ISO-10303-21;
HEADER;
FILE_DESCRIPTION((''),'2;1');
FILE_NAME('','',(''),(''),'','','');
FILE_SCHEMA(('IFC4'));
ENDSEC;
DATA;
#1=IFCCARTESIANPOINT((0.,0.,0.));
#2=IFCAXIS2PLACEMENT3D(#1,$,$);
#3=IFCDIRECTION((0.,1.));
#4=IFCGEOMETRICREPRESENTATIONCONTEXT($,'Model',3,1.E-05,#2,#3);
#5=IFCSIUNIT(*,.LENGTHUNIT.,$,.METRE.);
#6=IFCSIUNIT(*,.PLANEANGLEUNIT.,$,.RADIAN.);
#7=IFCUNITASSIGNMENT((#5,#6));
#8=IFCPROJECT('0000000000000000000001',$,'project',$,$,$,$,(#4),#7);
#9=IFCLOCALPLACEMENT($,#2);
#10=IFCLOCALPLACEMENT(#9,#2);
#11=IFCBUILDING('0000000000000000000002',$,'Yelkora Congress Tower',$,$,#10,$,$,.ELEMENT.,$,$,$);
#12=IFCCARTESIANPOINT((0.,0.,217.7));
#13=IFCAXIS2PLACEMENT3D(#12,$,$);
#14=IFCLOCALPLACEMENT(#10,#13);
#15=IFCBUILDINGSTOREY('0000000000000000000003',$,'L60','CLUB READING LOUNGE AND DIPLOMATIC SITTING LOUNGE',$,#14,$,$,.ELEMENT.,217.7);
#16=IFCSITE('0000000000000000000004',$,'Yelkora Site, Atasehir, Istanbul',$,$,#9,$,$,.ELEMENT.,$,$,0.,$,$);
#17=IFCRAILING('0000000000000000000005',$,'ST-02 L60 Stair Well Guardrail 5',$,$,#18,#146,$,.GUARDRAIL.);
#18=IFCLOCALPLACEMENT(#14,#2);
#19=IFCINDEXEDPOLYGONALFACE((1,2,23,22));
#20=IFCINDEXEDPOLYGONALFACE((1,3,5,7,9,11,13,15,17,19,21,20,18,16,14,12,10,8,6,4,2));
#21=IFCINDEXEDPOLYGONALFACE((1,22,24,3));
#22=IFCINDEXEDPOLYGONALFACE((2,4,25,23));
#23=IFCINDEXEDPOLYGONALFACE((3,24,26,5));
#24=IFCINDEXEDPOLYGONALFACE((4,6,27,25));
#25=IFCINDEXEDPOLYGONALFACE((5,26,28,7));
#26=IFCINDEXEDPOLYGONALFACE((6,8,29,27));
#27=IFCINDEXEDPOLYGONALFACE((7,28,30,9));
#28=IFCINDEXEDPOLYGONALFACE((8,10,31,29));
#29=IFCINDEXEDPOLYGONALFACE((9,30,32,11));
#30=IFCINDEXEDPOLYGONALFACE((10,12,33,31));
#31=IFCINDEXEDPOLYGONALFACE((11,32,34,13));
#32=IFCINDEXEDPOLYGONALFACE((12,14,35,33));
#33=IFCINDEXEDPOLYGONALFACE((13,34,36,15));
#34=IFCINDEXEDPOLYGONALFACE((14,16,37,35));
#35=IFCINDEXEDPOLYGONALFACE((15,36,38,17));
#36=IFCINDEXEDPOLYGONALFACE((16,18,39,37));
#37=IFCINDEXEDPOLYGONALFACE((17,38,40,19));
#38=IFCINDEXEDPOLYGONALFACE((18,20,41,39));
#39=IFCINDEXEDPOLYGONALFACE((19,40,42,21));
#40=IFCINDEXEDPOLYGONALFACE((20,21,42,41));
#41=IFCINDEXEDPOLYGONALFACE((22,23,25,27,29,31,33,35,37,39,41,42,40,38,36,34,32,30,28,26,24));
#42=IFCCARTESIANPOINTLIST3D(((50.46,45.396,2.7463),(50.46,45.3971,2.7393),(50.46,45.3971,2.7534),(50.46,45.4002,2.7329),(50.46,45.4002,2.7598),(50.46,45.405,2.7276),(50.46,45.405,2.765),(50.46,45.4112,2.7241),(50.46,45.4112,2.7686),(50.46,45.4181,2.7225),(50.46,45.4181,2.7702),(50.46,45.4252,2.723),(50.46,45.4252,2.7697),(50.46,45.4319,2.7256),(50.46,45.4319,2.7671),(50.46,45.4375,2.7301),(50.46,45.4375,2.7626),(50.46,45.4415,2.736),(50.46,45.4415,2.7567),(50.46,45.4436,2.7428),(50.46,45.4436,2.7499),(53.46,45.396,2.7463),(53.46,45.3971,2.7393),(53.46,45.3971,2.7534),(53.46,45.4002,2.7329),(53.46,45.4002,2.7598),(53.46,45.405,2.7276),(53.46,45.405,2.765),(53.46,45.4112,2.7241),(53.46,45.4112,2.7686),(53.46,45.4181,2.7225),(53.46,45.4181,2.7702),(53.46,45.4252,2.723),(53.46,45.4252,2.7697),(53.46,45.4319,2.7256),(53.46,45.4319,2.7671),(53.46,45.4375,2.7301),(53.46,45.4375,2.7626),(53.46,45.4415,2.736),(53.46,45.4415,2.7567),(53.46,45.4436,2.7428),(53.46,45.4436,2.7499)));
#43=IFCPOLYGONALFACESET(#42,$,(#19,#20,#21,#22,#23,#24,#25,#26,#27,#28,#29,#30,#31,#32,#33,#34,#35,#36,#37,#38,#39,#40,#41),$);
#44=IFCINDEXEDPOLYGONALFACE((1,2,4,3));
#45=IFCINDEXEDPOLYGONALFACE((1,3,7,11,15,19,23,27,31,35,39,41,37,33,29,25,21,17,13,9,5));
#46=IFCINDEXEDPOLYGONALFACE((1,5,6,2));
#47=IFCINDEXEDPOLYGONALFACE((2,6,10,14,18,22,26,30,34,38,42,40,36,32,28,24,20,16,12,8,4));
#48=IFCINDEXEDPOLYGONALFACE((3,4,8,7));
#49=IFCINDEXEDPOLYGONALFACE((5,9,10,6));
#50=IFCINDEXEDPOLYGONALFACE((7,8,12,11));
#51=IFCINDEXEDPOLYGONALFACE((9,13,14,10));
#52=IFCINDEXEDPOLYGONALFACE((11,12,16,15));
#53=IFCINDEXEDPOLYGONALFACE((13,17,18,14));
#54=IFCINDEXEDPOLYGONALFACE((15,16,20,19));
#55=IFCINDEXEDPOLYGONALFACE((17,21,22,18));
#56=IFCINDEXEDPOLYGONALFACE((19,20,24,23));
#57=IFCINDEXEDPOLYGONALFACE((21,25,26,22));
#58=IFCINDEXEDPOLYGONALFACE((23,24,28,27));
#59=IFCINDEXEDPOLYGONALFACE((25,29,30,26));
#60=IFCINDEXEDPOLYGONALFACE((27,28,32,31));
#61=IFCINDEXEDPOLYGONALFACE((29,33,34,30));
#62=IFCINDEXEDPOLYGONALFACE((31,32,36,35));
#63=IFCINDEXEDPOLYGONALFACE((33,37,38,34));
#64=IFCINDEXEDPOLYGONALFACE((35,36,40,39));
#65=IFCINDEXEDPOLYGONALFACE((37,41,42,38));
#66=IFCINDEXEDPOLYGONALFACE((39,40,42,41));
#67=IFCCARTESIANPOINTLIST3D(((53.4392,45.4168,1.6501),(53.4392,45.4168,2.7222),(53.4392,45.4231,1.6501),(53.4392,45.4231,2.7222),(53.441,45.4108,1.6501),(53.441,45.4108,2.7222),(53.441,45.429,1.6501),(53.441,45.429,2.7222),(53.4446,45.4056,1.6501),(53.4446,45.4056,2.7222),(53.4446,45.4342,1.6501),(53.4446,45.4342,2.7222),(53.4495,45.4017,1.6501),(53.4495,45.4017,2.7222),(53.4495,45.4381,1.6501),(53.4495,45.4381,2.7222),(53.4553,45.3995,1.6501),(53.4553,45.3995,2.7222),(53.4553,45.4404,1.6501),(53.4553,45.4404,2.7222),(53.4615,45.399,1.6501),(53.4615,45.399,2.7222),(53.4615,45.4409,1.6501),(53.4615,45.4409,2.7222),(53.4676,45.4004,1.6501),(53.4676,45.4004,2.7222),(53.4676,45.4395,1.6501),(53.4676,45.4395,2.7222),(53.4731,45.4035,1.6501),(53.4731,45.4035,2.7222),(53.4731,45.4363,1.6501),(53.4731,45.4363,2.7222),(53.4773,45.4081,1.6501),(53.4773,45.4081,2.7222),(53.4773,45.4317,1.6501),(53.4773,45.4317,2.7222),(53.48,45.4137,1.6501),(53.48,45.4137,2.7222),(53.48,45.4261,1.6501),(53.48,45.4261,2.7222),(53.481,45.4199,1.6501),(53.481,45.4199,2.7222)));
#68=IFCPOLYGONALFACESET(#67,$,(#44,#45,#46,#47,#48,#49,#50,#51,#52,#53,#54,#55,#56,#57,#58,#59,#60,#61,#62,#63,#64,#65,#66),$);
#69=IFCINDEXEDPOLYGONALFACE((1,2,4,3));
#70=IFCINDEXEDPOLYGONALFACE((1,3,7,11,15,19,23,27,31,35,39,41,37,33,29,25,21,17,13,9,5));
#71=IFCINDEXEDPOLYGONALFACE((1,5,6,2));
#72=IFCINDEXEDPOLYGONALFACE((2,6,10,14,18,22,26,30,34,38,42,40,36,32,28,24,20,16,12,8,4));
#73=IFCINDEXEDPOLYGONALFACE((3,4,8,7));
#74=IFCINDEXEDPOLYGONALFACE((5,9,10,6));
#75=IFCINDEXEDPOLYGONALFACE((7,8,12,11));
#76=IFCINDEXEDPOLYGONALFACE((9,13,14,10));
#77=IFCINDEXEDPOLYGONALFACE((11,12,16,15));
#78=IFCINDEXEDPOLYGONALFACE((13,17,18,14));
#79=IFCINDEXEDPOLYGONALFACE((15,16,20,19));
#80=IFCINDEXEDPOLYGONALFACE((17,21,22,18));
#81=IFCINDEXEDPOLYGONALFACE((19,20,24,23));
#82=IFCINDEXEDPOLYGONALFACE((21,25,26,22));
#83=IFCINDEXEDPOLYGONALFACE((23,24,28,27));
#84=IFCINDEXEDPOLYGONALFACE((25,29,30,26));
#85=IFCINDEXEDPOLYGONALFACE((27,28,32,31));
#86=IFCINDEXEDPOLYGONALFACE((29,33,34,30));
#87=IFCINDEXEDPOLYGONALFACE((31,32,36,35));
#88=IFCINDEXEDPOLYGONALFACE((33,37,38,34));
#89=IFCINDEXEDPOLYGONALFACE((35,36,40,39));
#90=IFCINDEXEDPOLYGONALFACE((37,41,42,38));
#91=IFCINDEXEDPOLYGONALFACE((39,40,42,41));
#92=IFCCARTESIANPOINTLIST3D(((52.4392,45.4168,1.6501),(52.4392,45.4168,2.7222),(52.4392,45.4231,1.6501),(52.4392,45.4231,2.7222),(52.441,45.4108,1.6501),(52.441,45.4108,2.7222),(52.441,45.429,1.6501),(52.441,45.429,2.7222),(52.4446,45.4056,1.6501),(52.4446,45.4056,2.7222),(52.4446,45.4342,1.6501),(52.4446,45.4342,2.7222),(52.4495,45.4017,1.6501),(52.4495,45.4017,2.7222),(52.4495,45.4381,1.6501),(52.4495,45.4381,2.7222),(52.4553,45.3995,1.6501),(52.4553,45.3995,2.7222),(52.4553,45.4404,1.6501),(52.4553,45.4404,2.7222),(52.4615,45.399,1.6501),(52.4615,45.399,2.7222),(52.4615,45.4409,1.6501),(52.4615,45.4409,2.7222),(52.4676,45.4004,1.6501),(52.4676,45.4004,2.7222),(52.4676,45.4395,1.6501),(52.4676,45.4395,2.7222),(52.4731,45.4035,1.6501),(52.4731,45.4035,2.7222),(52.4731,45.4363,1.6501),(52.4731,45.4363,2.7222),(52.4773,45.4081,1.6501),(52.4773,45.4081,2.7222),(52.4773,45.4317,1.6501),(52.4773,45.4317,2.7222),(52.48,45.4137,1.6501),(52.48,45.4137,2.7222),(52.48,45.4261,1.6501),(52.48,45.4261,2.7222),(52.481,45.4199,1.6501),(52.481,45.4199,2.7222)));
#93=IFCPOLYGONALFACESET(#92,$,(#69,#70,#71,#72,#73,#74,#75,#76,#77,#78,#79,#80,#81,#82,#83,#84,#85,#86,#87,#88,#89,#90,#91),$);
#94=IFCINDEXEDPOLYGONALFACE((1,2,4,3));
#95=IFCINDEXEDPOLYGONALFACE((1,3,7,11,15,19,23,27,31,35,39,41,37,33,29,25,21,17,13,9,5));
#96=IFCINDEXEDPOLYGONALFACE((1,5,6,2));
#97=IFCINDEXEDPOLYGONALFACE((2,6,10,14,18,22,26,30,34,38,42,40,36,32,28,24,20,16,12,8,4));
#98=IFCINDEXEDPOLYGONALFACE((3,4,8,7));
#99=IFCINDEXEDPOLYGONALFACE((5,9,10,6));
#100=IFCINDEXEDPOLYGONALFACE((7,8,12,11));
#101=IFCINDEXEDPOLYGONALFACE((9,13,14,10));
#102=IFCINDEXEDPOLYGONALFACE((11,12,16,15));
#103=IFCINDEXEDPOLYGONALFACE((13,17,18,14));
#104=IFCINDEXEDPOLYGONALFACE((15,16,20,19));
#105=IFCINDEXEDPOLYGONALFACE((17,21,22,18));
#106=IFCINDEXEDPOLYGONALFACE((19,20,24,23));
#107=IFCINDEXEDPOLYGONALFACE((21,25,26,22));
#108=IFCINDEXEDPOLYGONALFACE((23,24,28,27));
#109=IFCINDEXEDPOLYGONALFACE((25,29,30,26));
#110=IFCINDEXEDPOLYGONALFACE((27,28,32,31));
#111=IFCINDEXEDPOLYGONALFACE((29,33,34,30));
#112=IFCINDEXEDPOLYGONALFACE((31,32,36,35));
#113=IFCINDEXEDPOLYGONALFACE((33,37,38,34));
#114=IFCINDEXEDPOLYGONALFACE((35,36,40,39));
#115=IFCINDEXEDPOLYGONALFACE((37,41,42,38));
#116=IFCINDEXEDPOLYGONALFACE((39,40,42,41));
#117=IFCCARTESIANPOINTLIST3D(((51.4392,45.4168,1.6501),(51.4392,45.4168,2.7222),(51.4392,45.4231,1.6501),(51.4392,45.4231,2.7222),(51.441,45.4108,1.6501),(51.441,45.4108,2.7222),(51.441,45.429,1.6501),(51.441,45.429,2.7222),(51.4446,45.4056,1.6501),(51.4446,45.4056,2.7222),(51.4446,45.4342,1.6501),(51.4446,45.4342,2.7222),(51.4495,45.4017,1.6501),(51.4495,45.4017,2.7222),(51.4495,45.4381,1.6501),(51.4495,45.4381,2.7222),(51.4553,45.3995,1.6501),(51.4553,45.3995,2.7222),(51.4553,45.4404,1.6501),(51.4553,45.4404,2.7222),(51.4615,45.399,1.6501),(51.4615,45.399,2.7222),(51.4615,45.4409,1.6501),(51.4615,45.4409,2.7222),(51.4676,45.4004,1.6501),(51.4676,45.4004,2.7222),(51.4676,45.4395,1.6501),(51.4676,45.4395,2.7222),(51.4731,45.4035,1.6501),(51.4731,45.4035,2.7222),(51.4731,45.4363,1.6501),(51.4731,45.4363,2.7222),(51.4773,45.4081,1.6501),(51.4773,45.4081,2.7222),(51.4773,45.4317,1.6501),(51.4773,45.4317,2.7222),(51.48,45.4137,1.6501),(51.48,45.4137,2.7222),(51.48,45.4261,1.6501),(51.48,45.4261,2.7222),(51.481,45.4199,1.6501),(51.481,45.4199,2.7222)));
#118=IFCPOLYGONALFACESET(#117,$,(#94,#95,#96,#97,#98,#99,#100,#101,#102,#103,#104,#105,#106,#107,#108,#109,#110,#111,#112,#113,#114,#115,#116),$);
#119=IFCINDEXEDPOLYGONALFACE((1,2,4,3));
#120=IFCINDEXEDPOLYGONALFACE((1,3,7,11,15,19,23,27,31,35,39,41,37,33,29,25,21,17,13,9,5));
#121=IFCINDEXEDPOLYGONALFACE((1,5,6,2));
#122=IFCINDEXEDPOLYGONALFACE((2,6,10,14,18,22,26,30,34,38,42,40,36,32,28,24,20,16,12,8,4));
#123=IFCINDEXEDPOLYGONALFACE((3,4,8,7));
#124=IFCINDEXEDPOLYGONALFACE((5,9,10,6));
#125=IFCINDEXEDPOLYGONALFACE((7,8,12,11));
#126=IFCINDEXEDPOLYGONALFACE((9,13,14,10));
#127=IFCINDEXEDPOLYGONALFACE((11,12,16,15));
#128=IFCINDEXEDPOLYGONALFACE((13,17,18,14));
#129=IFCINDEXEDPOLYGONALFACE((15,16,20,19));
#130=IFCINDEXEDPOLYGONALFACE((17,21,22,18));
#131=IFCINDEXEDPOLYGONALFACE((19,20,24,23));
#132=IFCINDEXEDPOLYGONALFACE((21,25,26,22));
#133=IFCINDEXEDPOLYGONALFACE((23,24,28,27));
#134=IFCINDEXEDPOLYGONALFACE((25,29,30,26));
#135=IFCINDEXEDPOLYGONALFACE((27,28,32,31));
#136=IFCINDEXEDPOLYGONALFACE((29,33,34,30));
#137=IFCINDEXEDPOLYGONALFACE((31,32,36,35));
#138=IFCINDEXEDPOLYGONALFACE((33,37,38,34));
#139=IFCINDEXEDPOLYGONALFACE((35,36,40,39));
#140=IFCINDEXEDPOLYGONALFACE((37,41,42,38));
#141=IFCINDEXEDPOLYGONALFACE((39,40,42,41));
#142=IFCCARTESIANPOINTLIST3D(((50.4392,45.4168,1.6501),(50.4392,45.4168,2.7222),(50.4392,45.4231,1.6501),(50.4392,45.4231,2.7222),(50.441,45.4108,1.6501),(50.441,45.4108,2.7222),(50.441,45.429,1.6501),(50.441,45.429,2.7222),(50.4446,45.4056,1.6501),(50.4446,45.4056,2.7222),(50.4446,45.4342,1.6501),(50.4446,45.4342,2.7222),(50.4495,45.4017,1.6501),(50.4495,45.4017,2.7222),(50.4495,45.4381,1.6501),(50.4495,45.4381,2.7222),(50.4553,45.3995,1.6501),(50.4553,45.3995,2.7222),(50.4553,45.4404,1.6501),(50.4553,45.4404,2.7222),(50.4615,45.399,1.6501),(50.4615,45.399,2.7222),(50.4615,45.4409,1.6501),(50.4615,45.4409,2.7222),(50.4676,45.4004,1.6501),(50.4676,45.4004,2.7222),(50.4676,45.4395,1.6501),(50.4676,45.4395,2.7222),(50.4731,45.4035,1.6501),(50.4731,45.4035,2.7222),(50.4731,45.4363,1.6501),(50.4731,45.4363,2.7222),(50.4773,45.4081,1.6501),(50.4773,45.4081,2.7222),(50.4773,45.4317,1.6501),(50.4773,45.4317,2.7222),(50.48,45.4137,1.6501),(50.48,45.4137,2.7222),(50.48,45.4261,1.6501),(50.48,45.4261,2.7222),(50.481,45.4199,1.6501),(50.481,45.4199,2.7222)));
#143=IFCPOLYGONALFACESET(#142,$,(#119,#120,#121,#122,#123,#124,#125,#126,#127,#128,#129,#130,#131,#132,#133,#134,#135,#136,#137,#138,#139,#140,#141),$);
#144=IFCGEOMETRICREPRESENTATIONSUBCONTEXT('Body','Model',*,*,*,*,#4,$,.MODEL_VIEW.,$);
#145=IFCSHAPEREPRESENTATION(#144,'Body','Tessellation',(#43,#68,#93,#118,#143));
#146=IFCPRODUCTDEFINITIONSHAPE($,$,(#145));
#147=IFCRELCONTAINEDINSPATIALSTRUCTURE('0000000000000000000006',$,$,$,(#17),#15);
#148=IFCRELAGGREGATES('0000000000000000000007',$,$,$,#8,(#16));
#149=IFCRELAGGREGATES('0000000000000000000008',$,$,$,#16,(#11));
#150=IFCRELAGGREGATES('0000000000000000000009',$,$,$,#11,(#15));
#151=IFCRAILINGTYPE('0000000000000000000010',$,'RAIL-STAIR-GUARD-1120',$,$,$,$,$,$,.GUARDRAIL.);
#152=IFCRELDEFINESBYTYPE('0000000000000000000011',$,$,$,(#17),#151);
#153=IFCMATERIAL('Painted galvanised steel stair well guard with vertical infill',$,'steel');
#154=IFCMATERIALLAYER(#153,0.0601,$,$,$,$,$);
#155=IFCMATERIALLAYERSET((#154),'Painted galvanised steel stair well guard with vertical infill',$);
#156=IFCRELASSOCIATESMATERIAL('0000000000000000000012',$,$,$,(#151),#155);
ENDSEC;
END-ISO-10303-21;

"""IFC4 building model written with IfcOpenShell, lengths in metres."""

from ifc_helpers import new_model, si_unit, direction, frame, origin, origin_2d, place, context, subcontext, project, spatial, circle, extrude, material, layer, layer_set, type_object, element, save


model = new_model("IFC4")

# Units and contexts
model_context = context("Model", 3, precision=1e-05, world=origin(), true_north=direction((0.0, 1.0)))
body_context = subcontext(model_context, "Body", "Model", "MODEL_VIEW")
ifc_project = project(units=[si_unit("LENGTHUNIT", "METRE"), si_unit("PLANEANGLEUNIT", "RADIAN")], contexts=[model_context])

# Site, building, storey
site_placement = place(None, origin())
site = spatial("IfcSite", under=ifc_project, at=site_placement, Name="Yelkora Site, Atasehir, Istanbul", CompositionType="ELEMENT", RefElevation=0.0)
building_placement = place(site_placement, origin())
building = spatial("IfcBuilding", under=site, at=building_placement, Name="Yelkora Congress Tower", CompositionType="ELEMENT")
storey_placement = place(building_placement, frame((0.0, 0.0, 217.7)))
storey = spatial("IfcBuildingStorey", under=building, at=storey_placement, Name="L60", Description="CLUB READING LOUNGE AND DIPLOMATIC SITTING LOUNGE", CompositionType="ELEMENT", Elevation=217.7)

# Railing
ifc_material_1 = material(Name="Painted galvanised steel stair well guard with vertical infill", Category="steel")
ifc_layer_1 = layer(ifc_material_1, 0.0601)
ifc_layer_set_1 = layer_set([ifc_layer_1], Name="Painted galvanised steel stair well guard with vertical infill")
railing_type_1 = type_object("IfcRailingType", Name="RAIL-STAIR-GUARD-1120", PredefinedType="GUARDRAIL", material=ifc_layer_set_1)
railing_1_placement = place(storey_placement, frame((53.46, 45.4199, 1.6501)))
element("IfcRailing", 1, at=railing_1_placement, inside=storey, type_object=railing_type_1, Name="ST-02 L60 Stair Well Guardrail 5", PredefinedType="GUARDRAIL", context=body_context, shape_type="SweptSolid", body=[
    extrude(circle(Radius=0.0239, at=origin_2d()), frame((0.0, 0.0, 1.0962), z_axis=(-1.0, 0.0, 0.0), x_axis=(0.0, -1.0, 0.0)), (0.0, 0.0, 1.0), 3.0),
    extrude(circle(Radius=0.021, at=origin_2d()), origin(), (0.0, 0.0, 1.0), 1.072),
    extrude(circle(Radius=0.021, at=origin_2d()), frame((-1.0, 0.0, 0.0)), (0.0, 0.0, 1.0), 1.072),
    extrude(circle(Radius=0.021, at=origin_2d()), frame((-2.0, 0.0, 0.0)), (0.0, 0.0, 1.0), 1.072),
    extrude(circle(Radius=0.021, at=origin_2d()), frame((-3.0, 0.0, 0.0)), (0.0, 0.0, 1.0), 1.072),
])

save(model, "model.ifc")
